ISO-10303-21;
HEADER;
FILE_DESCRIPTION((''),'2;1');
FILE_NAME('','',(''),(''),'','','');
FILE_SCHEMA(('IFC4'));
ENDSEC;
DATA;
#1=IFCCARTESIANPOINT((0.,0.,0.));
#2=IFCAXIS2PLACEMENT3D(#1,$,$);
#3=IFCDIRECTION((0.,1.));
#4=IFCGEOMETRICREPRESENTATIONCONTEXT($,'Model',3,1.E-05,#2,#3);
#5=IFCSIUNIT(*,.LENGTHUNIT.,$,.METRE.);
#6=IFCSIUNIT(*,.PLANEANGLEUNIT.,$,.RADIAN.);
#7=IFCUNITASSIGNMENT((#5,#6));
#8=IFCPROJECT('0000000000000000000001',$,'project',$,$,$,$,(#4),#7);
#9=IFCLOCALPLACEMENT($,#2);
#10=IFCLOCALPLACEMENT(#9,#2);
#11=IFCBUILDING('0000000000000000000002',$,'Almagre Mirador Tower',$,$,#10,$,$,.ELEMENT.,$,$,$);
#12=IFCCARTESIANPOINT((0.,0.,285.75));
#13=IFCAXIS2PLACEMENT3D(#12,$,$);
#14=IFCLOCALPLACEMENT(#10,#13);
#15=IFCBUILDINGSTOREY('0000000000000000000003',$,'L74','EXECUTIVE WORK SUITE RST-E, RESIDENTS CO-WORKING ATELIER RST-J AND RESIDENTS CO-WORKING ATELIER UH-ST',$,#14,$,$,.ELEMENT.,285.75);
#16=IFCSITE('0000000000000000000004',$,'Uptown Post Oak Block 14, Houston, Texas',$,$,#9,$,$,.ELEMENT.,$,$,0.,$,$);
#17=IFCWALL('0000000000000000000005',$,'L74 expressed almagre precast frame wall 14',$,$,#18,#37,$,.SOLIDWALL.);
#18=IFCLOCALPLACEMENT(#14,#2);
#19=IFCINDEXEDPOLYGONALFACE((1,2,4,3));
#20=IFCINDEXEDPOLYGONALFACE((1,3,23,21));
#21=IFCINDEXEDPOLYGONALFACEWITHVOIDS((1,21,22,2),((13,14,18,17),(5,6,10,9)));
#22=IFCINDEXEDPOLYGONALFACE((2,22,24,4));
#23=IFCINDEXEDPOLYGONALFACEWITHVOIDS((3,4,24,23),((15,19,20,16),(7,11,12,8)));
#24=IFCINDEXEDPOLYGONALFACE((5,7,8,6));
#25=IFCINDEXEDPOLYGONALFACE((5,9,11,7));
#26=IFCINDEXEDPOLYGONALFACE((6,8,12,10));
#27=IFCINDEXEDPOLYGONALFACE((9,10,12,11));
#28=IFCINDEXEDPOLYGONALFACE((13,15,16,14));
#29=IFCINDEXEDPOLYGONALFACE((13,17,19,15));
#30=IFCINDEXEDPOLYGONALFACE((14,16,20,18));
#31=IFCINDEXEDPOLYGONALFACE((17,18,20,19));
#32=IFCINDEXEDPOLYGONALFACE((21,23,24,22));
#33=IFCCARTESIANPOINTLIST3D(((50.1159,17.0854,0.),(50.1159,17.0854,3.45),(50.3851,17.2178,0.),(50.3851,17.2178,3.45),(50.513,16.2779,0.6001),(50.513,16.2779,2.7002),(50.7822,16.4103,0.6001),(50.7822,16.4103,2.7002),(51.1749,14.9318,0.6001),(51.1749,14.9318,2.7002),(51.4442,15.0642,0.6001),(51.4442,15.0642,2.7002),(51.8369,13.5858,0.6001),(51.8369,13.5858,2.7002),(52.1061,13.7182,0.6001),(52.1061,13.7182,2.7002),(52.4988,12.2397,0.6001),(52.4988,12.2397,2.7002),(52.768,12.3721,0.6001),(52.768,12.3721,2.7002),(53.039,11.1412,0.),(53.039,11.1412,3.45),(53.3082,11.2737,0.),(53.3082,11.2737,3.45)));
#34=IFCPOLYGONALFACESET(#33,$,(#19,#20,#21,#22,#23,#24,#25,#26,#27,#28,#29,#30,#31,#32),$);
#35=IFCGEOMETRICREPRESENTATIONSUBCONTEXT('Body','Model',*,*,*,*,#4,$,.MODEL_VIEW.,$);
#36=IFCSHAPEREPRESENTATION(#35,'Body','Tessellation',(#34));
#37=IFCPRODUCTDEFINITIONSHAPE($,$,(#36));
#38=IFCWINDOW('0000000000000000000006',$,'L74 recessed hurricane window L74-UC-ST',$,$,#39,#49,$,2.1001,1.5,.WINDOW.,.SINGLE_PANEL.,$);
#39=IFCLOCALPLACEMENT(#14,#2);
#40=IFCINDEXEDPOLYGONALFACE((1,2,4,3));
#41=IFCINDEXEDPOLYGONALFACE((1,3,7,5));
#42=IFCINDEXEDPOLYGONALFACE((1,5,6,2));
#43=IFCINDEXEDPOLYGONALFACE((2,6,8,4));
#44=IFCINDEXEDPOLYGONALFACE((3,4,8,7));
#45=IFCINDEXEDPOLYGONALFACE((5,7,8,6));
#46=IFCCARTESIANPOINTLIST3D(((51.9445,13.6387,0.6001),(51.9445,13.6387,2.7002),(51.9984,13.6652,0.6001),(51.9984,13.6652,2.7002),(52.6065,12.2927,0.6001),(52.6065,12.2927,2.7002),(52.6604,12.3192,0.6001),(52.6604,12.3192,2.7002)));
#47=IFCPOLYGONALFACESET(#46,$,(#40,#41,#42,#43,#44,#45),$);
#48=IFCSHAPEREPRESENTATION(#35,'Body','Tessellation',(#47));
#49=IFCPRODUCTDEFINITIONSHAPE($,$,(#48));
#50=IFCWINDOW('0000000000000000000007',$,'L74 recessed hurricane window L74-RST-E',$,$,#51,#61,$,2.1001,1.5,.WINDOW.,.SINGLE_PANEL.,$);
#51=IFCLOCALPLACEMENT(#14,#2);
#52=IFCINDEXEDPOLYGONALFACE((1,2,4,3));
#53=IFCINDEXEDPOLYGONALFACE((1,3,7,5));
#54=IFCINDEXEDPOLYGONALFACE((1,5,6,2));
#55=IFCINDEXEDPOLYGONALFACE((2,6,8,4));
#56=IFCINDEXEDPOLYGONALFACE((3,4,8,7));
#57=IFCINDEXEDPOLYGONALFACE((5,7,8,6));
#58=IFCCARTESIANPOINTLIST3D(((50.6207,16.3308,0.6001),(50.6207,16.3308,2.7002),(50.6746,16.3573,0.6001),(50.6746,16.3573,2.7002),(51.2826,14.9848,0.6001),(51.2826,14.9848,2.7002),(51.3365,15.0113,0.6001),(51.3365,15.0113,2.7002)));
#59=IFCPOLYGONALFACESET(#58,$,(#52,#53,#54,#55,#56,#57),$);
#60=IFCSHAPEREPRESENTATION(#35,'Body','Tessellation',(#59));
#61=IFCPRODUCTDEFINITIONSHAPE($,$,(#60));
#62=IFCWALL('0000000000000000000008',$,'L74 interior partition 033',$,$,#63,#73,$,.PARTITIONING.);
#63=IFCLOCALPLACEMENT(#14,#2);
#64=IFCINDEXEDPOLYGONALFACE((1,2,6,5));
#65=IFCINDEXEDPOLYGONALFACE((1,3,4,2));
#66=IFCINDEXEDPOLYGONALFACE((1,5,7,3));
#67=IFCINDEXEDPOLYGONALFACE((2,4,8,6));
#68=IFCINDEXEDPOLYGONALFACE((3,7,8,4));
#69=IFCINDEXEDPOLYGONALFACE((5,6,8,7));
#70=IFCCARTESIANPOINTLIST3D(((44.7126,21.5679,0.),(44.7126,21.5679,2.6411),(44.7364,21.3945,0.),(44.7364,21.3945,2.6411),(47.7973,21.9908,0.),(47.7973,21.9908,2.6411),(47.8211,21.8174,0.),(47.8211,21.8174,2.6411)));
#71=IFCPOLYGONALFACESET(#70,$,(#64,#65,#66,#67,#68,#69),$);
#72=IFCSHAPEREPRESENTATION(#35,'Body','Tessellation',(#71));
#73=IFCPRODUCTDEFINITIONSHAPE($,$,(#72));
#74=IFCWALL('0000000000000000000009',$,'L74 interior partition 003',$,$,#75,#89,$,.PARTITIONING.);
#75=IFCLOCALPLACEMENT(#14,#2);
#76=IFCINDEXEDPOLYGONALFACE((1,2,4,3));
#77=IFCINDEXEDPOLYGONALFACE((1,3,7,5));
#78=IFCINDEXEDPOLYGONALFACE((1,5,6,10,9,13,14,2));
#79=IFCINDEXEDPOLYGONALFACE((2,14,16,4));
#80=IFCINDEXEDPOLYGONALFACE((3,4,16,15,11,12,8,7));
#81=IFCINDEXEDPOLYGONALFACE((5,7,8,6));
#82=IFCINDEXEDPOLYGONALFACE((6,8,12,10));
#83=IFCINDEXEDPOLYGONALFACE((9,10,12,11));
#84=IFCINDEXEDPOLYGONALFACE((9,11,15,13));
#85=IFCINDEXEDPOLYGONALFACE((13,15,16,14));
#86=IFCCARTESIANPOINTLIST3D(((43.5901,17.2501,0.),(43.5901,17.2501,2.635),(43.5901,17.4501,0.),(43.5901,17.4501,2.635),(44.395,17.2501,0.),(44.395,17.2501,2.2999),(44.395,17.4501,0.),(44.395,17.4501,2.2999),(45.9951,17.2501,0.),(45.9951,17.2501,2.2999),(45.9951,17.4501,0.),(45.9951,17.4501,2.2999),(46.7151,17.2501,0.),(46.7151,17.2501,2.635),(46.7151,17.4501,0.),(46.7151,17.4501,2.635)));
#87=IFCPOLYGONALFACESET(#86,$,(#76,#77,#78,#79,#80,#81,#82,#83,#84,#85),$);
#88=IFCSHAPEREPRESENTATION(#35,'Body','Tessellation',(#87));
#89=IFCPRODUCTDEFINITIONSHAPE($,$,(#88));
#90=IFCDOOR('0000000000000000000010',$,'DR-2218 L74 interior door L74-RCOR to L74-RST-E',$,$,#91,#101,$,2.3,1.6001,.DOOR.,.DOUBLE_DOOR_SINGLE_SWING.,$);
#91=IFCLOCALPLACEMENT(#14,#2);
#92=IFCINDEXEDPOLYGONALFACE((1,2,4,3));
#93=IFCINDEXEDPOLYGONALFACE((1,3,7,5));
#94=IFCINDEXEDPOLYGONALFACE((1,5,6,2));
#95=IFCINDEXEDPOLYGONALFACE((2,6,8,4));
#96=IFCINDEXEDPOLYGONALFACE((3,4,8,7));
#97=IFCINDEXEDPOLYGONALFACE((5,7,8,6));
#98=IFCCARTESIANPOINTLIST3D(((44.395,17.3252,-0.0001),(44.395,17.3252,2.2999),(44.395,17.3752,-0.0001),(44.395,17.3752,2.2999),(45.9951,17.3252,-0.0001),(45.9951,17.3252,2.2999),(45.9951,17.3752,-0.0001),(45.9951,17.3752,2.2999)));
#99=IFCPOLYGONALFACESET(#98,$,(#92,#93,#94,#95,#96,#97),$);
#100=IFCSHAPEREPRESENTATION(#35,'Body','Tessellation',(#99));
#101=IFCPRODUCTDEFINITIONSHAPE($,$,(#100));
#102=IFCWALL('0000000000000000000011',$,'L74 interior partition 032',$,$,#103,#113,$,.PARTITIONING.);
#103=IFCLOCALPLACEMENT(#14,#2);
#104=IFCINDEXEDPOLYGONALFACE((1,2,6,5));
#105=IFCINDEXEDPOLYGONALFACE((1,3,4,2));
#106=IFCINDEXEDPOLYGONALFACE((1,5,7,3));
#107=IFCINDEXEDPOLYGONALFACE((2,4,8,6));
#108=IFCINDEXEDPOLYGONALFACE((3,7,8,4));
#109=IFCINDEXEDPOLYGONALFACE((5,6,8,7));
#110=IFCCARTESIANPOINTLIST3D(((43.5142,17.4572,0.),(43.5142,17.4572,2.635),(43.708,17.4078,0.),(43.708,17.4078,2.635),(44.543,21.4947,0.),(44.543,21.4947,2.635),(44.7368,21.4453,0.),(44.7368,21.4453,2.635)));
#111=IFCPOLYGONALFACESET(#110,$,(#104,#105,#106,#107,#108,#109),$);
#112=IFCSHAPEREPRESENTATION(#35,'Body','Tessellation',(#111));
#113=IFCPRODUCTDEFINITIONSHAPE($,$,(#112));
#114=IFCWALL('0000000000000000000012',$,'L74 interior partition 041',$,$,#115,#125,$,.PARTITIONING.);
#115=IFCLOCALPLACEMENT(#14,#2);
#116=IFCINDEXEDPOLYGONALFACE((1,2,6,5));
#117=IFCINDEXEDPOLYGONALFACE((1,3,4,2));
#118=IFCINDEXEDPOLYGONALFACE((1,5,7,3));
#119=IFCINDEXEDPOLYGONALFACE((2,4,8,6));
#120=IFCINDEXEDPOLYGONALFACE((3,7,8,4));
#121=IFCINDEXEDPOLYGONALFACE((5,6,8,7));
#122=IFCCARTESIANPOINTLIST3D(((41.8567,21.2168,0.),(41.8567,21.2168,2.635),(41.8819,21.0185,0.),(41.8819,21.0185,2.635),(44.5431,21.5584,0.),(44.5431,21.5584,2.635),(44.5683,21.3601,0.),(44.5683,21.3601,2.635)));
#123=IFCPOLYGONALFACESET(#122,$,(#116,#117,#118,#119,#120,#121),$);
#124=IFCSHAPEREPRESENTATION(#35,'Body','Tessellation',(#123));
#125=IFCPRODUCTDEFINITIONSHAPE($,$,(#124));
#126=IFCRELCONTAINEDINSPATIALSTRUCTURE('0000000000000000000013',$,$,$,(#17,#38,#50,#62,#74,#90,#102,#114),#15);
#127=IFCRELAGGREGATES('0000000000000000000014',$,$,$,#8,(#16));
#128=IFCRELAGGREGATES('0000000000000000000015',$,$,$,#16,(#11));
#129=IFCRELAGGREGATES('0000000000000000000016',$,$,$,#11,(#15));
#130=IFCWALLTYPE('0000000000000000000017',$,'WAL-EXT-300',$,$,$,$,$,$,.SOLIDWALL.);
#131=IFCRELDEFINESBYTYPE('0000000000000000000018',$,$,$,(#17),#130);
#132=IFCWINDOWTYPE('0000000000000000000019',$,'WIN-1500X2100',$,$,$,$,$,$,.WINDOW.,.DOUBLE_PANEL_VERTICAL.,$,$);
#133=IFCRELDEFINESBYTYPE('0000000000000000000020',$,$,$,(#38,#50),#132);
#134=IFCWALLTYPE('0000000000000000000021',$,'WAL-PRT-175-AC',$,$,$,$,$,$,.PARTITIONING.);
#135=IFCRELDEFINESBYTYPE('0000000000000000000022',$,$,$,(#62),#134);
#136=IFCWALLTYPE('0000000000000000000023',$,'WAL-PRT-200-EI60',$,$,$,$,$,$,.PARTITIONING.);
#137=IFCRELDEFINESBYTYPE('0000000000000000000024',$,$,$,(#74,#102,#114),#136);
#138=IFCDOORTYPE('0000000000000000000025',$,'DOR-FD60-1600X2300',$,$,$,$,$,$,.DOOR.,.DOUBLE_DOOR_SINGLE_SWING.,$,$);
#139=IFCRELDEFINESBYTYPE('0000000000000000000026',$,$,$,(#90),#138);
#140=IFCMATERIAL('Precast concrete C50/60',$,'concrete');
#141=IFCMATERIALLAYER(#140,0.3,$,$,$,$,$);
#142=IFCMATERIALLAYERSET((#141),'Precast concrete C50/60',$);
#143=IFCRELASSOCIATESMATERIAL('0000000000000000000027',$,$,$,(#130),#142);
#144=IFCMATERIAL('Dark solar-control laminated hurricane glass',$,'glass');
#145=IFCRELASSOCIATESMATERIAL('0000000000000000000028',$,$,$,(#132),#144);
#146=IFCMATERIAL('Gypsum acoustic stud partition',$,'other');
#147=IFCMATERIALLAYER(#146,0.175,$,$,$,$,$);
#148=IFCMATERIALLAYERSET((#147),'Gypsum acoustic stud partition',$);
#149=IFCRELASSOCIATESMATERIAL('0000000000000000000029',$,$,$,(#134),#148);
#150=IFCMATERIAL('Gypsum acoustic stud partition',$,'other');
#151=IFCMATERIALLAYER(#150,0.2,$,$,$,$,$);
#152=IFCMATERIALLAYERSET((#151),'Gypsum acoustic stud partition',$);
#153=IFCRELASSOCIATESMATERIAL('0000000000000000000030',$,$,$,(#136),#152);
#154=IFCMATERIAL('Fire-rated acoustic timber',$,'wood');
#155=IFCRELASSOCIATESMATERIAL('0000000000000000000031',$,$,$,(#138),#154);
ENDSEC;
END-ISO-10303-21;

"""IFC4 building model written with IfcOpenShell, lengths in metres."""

from ifc_helpers import new_model, si_unit, direction, frame, frame_2d, origin, place, context, subcontext, project, spatial, rectangle, extrude, material, layer, layer_set, type_object, element, fill, save


model = new_model("IFC4")

# Units and contexts
model_context = context("Model", 3, precision=1e-05, world=origin(), true_north=direction((0.0, 1.0)))
body_context = subcontext(model_context, "Body", "Model", "MODEL_VIEW")
ifc_project = project(units=[si_unit("LENGTHUNIT", "METRE"), si_unit("PLANEANGLEUNIT", "RADIAN")], contexts=[model_context])

# Site, building, storey
site_placement = place(None, origin())
site = spatial("IfcSite", under=ifc_project, at=site_placement, Name="Uptown Post Oak Block 14, Houston, Texas", CompositionType="ELEMENT", RefElevation=0.0)
building_placement = place(site_placement, origin())
building = spatial("IfcBuilding", under=site, at=building_placement, Name="Almagre Mirador Tower", CompositionType="ELEMENT")
storey_placement = place(building_placement, frame((0.0, 0.0, 285.75)))
storey = spatial("IfcBuildingStorey", under=building, at=storey_placement, Name="L74", Description="EXECUTIVE WORK SUITE RST-E, RESIDENTS CO-WORKING ATELIER RST-J AND RESIDENTS CO-WORKING ATELIER UH-ST", CompositionType="ELEMENT", Elevation=285.75)

# Wall, openings, windows
ifc_material_1 = material(Name="Precast concrete C50/60", Category="concrete")
ifc_layer_1 = layer(ifc_material_1, 0.3)
ifc_layer_set_1 = layer_set([ifc_layer_1], Name="Precast concrete C50/60")
wall_type_1 = type_object("IfcWallType", Name="WAL-EXT-300", PredefinedType="SOLIDWALL", material=ifc_layer_set_1)
wall_1_placement = place(storey_placement, frame((50.2505, 17.1516, 0.0), z_axis=(0.0, 0.0, 1.0), x_axis=(0.441292, -0.897364, 0.0)))
wall_1 = element("IfcWall", 1, at=wall_1_placement, inside=storey, type_object=wall_type_1, Name="L74 expressed almagre precast frame wall 14", PredefinedType="SOLIDWALL", context=body_context, shape_type="SweptSolid", body=[
    extrude(rectangle(XDim=6.624, YDim=0.3, at=frame_2d((3.312, 0.0))), origin(), (0.0, 0.0, 1.0), 3.45),
])
opening_1_placement = place(wall_1_placement, frame((3.8999, 0.0, 0.6001)))
opening_1 = element("IfcOpeningElement", 2, at=opening_1_placement, cuts=wall_1, PredefinedType="OPENING", context=body_context, shape_type="SweptSolid", body=[
    extrude(rectangle(XDim=1.5, YDim=2.1001, at=frame_2d((0.75, 1.05))), frame((0.0, 0.1599, 0.0), z_axis=(0.0, -1.0, 0.0), x_axis=(1.0, 0.0, 0.0)), (0.0, 0.0, 1.0), 0.32),
])
opening_2_placement = place(wall_1_placement, frame((0.8999, 0.0, 0.6001)))
opening_2 = element("IfcOpeningElement", 3, at=opening_2_placement, cuts=wall_1, PredefinedType="OPENING", context=body_context, shape_type="SweptSolid", body=[
    extrude(rectangle(XDim=1.5, YDim=2.1001, at=frame_2d((0.75, 1.05))), frame((0.0, 0.1599, 0.0), z_axis=(0.0, -1.0, 0.0), x_axis=(1.0, 0.0, 0.0)), (0.0, 0.0, 1.0), 0.32),
])
ifc_material_2 = material(Name="Dark solar-control laminated hurricane glass", Category="glass")
window_type = type_object("IfcWindowType", Name="WIN-1500X2100", PartitioningType="DOUBLE_PANEL_VERTICAL", PredefinedType="WINDOW", material=ifc_material_2)
window_1_placement = place(opening_1_placement, origin())
window_1 = element("IfcWindow", 4, at=window_1_placement, inside=storey, type_object=window_type, Name="L74 recessed hurricane window L74-UC-ST", OverallHeight=2.1001, OverallWidth=1.5, PartitioningType="SINGLE_PANEL", PredefinedType="WINDOW", context=body_context, shape_type="SweptSolid", body=[
    extrude(rectangle(XDim=1.5, YDim=2.1001, at=frame_2d((0.75, 1.05))), frame((0.0, 0.03, 0.0), z_axis=(0.0, -1.0, 0.0), x_axis=(1.0, 0.0, 0.0)), (0.0, 0.0, 1.0), 0.0601),
])
fill(opening_1, window_1)
window_2_placement = place(opening_2_placement, origin())
window_2 = element("IfcWindow", 5, at=window_2_placement, inside=storey, type_object=window_type, Name="L74 recessed hurricane window L74-RST-E", OverallHeight=2.1001, OverallWidth=1.5, PartitioningType="SINGLE_PANEL", PredefinedType="WINDOW", context=body_context, shape_type="SweptSolid", body=[
    extrude(rectangle(XDim=1.5, YDim=2.1001, at=frame_2d((0.75, 1.05))), frame((0.0, 0.03, 0.0), z_axis=(0.0, -1.0, 0.0), x_axis=(1.0, 0.0, 0.0)), (0.0, 0.0, 1.0), 0.0601),
])
fill(opening_2, window_2)

# Wall
ifc_material_3 = material(Name="Gypsum acoustic stud partition", Category="other")
ifc_layer_2 = layer(ifc_material_3, 0.175)
ifc_layer_set_2 = layer_set([ifc_layer_2], Name="Gypsum acoustic stud partition")
wall_type_2 = type_object("IfcWallType", Name="WAL-PRT-175-AC", PredefinedType="PARTITIONING", material=ifc_layer_set_2)
wall_2_placement = place(storey_placement, frame((47.8091, 21.9041, 0.0), z_axis=(0.0, 0.0, 1.0), x_axis=(-0.990735, -0.135809, 0.0)))
element("IfcWall", 6, at=wall_2_placement, inside=storey, type_object=wall_type_2, Name="L74 interior partition 033", PredefinedType="PARTITIONING", context=body_context, shape_type="SweptSolid", body=[
    extrude(rectangle(XDim=3.1135, YDim=0.175, at=frame_2d((1.5566, 0.0))), origin(), (0.0, 0.0, 1.0), 2.6411),
])

# Wall, opening, door
ifc_material_4 = material(Name="Gypsum acoustic stud partition", Category="other")
ifc_layer_3 = layer(ifc_material_4, 0.2)
ifc_layer_set_3 = layer_set([ifc_layer_3], Name="Gypsum acoustic stud partition")
wall_type_3 = type_object("IfcWallType", Name="WAL-PRT-200-EI60", PredefinedType="PARTITIONING", material=ifc_layer_set_3)
wall_3_placement = place(storey_placement, frame((46.7151, 17.3501, 0.0), z_axis=(0.0, 0.0, 1.0), x_axis=(-1.0, 0.0, 0.0)))
wall_3 = element("IfcWall", 7, at=wall_3_placement, inside=storey, type_object=wall_type_3, Name="L74 interior partition 003", PredefinedType="PARTITIONING", context=body_context, shape_type="SweptSolid", body=[
    extrude(rectangle(XDim=3.125, YDim=0.2, at=frame_2d((1.5625, 0.0))), origin(), (0.0, 0.0, 1.0), 2.635),
])
opening_3_placement = place(wall_3_placement, frame((0.72, 0.0, 0.0)))
opening_3 = element("IfcOpeningElement", 8, at=opening_3_placement, cuts=wall_3, PredefinedType="OPENING", context=body_context, shape_type="SweptSolid", body=[
    extrude(rectangle(XDim=1.6001, YDim=2.3, at=frame_2d((0.8, 1.1499))), frame((0.0, 0.1101, 0.0), z_axis=(0.0, -1.0, 0.0), x_axis=(1.0, 0.0, 0.0)), (0.0, 0.0, 1.0), 0.22),
])
ifc_material_5 = material(Name="Fire-rated acoustic timber", Category="wood")
door_type = type_object("IfcDoorType", Name="DOR-FD60-1600X2300", OperationType="DOUBLE_DOOR_SINGLE_SWING", PredefinedType="DOOR", material=ifc_material_5)
door_placement = place(opening_3_placement, origin())
door = element("IfcDoor", 9, at=door_placement, inside=storey, type_object=door_type, Name="DR-2218 L74 interior door L74-RCOR to L74-RST-E", OperationType="DOUBLE_DOOR_SINGLE_SWING", OverallHeight=2.3, OverallWidth=1.6001, PredefinedType="DOOR", context=body_context, shape_type="SweptSolid", body=[
    extrude(rectangle(XDim=1.6001, YDim=2.3, at=frame_2d((0.8, 1.1499))), frame((0.0, 0.0249, 0.0), z_axis=(0.0, -1.0, 0.0), x_axis=(1.0, 0.0, 0.0)), (0.0, 0.0, 1.0), 0.05),
])
fill(opening_3, door)

# Walls
wall_4_placement = place(storey_placement, frame((44.6399, 21.47, 0.0), z_axis=(0.0, 0.0, 1.0), x_axis=(-0.246917, -0.969037, 0.0)))
element("IfcWall", 10, at=wall_4_placement, inside=storey, type_object=wall_type_3, Name="L74 interior partition 032", PredefinedType="PARTITIONING", context=body_context, shape_type="SweptSolid", body=[
    extrude(rectangle(XDim=4.1665, YDim=0.2, at=frame_2d((2.0833, 0.0))), origin(), (0.0, 0.0, 1.0), 2.635),
])
wall_5_placement = place(storey_placement, frame((44.5557, 21.4592, 0.0), z_axis=(0.0, 0.0, 1.0), x_axis=(-0.992014, -0.126132, 0.0)))
element("IfcWall", 11, at=wall_5_placement, inside=storey, type_object=wall_type_3, Name="L74 interior partition 041", PredefinedType="PARTITIONING", context=body_context, shape_type="SweptSolid", body=[
    extrude(rectangle(XDim=2.708, YDim=0.2, at=frame_2d((1.354, 0.0))), origin(), (0.0, 0.0, 1.0), 2.635),
])

save(model, "model.ifc")
